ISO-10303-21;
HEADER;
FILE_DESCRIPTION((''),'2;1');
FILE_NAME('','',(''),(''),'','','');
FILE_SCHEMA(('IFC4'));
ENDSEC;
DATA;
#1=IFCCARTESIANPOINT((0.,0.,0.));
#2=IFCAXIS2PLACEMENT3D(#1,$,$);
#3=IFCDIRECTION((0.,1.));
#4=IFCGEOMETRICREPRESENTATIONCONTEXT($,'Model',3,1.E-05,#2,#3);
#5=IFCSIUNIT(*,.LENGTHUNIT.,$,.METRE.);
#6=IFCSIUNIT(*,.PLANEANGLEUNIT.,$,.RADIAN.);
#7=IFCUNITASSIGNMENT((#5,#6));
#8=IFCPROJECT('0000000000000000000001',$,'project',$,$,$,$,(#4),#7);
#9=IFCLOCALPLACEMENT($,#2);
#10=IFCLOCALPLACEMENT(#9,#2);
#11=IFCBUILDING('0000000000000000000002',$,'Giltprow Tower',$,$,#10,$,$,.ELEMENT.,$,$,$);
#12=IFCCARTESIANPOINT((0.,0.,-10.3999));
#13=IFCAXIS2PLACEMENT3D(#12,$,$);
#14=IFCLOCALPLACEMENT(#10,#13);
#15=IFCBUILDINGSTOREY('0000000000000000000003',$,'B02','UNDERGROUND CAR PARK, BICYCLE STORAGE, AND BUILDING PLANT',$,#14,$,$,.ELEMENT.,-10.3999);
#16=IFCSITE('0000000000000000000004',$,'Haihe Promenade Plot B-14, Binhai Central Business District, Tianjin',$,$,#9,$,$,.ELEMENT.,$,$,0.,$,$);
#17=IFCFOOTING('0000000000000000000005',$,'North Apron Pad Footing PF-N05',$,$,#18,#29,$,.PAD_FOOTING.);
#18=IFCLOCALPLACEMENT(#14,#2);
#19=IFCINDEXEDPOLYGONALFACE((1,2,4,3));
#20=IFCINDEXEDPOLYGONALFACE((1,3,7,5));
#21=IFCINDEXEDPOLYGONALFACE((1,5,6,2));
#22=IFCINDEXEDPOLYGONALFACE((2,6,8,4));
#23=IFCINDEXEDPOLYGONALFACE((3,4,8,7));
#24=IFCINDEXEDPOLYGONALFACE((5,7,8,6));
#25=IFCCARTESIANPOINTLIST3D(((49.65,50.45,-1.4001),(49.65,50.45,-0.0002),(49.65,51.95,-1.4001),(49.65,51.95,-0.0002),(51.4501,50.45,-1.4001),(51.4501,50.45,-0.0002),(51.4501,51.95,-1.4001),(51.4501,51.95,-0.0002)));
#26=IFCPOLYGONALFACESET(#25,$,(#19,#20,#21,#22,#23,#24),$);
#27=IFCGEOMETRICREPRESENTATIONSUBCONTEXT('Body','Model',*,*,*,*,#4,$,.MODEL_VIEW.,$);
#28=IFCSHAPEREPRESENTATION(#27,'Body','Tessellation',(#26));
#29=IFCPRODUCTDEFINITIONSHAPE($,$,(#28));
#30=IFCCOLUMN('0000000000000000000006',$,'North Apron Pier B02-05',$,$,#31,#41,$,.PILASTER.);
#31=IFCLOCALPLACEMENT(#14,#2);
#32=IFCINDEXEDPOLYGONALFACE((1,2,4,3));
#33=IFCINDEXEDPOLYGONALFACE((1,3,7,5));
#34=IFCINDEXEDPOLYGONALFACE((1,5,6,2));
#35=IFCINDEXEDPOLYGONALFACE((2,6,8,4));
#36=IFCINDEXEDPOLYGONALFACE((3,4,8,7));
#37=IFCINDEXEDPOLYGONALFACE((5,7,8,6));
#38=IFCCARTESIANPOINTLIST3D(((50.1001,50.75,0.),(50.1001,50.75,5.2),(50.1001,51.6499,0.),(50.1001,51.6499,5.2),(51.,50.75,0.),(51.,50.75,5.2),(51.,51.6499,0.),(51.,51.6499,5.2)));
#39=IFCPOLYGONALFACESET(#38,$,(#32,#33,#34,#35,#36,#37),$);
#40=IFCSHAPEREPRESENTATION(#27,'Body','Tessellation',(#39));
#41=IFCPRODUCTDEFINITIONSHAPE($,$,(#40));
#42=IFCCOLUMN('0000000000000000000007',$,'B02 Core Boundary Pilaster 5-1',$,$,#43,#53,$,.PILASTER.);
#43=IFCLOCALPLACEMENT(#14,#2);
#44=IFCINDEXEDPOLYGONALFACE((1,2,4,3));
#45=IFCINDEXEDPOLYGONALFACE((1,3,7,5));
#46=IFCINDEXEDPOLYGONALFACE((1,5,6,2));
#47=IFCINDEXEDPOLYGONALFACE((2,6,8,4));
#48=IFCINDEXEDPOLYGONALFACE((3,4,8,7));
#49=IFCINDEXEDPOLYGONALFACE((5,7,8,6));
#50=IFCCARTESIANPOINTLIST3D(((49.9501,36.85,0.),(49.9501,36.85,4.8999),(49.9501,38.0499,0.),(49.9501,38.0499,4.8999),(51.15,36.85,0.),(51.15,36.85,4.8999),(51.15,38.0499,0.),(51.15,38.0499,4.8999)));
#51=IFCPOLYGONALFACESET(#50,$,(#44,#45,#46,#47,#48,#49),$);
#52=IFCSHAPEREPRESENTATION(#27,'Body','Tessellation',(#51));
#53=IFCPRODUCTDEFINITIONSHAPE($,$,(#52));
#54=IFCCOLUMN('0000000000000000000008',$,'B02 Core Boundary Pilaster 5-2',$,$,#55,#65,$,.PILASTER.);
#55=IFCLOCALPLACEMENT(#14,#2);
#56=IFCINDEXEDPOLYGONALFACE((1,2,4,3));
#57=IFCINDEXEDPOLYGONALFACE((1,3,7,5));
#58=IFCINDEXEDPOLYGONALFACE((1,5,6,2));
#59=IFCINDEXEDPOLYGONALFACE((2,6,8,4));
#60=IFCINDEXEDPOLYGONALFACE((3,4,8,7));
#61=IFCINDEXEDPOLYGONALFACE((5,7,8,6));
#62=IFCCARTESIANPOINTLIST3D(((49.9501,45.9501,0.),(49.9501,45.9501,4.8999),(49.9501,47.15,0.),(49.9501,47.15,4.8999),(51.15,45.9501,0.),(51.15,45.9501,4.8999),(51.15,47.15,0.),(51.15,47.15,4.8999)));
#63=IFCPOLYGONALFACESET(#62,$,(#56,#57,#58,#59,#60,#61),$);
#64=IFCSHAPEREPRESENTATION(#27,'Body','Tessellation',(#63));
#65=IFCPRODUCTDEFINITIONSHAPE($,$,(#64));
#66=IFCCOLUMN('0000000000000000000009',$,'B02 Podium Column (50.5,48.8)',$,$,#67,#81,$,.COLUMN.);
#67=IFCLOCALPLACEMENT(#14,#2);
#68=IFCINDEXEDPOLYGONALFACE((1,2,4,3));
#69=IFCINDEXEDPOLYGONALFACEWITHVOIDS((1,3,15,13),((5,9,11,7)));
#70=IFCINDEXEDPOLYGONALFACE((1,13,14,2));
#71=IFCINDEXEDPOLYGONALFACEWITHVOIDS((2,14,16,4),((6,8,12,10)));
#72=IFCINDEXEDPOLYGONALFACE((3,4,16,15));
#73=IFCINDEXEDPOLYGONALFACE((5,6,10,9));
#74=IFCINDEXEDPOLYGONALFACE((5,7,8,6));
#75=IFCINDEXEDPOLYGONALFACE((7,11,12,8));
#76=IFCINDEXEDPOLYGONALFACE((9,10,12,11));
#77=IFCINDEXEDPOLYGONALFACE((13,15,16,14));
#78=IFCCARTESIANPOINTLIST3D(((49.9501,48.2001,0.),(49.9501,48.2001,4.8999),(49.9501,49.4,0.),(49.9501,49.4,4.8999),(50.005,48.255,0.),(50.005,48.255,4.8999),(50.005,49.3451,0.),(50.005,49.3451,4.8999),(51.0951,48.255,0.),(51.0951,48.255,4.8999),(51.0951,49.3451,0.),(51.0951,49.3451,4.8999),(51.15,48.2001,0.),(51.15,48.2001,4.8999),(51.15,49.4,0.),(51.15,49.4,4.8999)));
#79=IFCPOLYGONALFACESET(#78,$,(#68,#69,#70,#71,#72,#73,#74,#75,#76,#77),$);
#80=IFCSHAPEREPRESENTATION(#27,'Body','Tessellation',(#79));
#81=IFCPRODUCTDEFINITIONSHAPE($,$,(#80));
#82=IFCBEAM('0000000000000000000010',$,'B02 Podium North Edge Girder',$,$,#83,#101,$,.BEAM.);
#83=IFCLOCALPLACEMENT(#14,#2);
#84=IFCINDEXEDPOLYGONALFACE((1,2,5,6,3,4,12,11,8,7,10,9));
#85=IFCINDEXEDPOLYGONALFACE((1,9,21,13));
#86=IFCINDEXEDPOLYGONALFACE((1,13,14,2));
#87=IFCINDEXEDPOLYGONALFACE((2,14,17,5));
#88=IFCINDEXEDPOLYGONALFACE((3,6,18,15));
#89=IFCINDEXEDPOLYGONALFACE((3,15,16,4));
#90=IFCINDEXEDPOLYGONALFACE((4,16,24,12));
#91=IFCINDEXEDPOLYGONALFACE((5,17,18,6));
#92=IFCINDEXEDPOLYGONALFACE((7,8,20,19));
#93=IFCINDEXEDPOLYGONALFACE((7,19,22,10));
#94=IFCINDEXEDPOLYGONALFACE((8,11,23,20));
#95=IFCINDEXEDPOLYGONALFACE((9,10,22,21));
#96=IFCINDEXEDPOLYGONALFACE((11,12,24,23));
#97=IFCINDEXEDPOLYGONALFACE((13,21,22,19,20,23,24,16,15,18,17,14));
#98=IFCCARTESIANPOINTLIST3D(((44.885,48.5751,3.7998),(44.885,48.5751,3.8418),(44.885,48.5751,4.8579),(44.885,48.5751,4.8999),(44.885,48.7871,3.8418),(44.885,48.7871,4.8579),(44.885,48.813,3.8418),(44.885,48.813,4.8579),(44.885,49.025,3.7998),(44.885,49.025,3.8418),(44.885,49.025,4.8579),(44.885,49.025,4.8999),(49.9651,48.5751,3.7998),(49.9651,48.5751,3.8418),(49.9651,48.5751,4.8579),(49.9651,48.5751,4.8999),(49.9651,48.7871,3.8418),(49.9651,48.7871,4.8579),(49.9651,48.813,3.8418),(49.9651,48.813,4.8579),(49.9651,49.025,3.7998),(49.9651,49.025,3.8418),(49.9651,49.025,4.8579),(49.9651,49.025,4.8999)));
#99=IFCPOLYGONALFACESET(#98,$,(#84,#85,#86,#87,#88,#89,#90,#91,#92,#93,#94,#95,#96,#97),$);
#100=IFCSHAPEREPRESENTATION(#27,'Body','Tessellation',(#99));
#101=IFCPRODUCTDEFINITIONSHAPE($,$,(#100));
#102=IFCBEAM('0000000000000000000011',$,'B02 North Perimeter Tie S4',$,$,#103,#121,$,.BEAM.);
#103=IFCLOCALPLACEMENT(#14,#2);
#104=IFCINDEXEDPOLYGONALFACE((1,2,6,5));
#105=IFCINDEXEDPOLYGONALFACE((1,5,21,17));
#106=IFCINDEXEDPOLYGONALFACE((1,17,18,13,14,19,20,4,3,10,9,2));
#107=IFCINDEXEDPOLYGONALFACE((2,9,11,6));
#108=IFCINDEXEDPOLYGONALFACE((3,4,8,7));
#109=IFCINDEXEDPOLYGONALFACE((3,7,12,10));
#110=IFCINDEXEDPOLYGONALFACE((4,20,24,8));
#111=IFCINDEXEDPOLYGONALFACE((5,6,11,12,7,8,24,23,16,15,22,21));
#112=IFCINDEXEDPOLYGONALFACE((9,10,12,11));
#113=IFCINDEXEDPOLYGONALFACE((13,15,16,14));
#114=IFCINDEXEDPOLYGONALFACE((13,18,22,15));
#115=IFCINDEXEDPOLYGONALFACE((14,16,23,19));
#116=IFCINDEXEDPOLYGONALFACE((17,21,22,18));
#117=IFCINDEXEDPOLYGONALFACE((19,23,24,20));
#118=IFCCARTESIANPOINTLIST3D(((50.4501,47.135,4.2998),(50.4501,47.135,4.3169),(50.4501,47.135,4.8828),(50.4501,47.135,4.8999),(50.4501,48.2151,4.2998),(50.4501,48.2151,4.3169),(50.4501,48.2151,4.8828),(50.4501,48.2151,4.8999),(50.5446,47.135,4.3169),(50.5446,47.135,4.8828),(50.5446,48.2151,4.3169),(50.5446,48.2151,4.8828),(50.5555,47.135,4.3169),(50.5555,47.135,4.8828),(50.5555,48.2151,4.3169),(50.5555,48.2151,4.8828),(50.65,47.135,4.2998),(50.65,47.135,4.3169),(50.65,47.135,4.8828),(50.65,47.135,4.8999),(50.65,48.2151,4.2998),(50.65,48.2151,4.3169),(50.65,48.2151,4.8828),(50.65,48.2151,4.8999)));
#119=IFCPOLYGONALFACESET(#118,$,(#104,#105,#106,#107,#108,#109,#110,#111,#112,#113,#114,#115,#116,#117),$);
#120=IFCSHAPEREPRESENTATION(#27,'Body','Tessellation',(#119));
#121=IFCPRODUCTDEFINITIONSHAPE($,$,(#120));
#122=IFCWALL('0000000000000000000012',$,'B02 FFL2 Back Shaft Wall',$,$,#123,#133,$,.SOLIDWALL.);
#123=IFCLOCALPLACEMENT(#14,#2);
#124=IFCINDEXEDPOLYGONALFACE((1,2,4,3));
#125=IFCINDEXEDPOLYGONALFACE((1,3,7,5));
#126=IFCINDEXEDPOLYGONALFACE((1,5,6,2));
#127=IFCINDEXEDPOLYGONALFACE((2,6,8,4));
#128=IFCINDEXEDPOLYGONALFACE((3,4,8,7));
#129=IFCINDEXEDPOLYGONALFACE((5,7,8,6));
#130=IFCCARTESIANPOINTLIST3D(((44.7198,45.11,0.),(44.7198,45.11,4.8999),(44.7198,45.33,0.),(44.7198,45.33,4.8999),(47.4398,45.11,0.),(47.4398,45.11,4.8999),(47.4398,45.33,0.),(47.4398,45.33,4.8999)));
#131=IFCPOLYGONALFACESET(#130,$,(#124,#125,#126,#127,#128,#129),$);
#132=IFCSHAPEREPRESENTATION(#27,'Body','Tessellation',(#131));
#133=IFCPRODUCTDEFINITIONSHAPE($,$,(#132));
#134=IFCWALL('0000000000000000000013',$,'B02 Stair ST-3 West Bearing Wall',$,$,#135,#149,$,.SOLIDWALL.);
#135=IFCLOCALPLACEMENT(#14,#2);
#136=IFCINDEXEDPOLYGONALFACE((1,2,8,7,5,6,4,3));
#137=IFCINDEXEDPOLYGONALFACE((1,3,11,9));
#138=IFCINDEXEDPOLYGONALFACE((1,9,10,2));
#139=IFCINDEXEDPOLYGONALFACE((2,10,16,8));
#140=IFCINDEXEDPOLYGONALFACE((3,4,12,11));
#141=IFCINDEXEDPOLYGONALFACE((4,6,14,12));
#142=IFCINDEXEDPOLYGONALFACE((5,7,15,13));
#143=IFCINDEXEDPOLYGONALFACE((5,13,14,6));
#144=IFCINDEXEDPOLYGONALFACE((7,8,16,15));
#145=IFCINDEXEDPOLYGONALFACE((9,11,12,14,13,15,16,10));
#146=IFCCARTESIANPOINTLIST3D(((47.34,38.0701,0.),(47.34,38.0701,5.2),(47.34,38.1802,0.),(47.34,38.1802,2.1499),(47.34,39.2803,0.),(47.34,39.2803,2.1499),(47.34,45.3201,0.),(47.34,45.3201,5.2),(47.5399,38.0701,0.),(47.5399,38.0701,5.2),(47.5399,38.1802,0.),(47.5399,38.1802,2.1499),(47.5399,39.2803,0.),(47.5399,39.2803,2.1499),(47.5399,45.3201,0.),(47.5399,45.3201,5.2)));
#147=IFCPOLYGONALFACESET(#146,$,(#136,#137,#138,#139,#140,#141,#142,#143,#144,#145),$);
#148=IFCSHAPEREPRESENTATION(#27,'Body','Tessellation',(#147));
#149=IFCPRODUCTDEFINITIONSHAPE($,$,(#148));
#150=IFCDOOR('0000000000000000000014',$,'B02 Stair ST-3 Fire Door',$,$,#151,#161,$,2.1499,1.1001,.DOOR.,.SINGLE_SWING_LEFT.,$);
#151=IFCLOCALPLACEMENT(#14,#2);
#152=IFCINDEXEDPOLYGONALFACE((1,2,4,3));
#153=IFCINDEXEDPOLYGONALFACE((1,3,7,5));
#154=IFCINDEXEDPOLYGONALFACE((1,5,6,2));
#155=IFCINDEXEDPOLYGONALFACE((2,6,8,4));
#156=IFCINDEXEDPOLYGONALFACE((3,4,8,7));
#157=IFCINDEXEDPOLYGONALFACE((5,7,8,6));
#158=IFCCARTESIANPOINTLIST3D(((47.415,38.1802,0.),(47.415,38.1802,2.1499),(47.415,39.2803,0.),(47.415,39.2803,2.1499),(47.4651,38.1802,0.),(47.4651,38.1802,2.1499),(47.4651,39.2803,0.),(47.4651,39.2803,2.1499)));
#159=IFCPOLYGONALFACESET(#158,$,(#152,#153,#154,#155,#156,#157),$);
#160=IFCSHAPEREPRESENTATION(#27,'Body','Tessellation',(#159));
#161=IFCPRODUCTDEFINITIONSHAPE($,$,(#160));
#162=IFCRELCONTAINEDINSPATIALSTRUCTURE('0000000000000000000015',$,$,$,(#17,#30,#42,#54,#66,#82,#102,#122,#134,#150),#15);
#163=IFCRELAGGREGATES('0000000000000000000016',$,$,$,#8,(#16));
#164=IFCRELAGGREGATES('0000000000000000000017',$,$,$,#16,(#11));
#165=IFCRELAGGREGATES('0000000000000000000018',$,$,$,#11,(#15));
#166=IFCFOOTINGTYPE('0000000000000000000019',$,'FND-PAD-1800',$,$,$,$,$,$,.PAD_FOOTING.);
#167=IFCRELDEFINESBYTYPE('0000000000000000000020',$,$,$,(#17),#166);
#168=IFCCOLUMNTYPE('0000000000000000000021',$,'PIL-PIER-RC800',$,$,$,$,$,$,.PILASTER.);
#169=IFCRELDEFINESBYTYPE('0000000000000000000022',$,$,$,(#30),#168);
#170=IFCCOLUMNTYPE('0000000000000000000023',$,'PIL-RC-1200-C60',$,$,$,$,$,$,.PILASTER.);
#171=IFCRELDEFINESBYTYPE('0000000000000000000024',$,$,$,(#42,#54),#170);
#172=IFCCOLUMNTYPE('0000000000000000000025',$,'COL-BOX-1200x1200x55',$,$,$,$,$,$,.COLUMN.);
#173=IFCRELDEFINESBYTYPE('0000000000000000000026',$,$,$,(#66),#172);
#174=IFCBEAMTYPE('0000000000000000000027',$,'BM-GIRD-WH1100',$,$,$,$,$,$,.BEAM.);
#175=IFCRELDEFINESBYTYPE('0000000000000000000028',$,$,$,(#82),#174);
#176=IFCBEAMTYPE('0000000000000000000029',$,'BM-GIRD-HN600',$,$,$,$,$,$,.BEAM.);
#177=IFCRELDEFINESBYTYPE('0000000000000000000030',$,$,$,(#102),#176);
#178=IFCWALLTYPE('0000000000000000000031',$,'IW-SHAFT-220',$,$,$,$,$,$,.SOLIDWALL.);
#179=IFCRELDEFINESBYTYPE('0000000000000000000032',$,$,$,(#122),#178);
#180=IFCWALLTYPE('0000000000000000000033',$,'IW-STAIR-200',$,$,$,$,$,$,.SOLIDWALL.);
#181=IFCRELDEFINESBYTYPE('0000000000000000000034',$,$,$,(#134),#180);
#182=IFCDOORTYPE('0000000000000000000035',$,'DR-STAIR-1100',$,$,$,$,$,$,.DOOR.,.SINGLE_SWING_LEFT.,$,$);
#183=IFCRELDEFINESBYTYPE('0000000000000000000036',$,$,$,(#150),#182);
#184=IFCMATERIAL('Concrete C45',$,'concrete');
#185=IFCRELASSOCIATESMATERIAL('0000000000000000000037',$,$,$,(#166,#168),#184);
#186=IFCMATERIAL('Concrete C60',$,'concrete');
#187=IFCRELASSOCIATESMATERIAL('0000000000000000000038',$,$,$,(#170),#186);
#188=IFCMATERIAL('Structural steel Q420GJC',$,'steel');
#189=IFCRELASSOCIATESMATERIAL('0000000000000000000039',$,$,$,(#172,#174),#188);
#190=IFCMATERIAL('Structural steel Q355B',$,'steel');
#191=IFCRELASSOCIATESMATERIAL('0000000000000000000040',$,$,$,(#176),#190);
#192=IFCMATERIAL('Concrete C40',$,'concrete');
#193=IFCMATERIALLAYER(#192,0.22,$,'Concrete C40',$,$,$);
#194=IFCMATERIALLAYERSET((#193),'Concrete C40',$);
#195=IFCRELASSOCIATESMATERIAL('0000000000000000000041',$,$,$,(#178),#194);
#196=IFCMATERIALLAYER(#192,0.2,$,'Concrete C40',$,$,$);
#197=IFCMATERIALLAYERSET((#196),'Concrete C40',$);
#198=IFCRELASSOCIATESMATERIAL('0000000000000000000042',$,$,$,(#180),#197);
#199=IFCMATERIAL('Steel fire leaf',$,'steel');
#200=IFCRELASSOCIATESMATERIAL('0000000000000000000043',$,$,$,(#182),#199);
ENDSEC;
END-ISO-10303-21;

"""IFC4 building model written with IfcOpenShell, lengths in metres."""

from ifc_helpers import new_model, si_unit, direction, frame, frame_2d, origin, origin_2d, place, context, subcontext, project, spatial, rectangle, hollow_rectangle, i_section, extrude, source, transform, mapped, material, layer, layer_set, material_profile, profile_set, type_object, element, fill, save


model = new_model("IFC4")

# Units and contexts
model_context = context("Model", 3, precision=1e-05, world=origin(), true_north=direction((0.0, 1.0)))
body_context = subcontext(model_context, "Body", "Model", "MODEL_VIEW")
ifc_project = project(units=[si_unit("LENGTHUNIT", "METRE"), si_unit("PLANEANGLEUNIT", "RADIAN")], contexts=[model_context])

# Site, building, storey
site_placement = place(None, origin())
site = spatial("IfcSite", under=ifc_project, at=site_placement, Name="Haihe Promenade Plot B-14, Binhai Central Business District, Tianjin", CompositionType="ELEMENT", RefElevation=0.0)
building_placement = place(site_placement, origin())
building = spatial("IfcBuilding", under=site, at=building_placement, Name="Giltprow Tower", CompositionType="ELEMENT")
storey_placement = place(building_placement, frame((0.0, 0.0, -10.3999)))
storey = spatial("IfcBuildingStorey", under=building, at=storey_placement, Name="B02", Description="UNDERGROUND CAR PARK, BICYCLE STORAGE, AND BUILDING PLANT", CompositionType="ELEMENT", Elevation=-10.3999)

# Shared definitions
ifc_material_1 = material(Name="Concrete C45", Category="concrete")

# Footing
footing_type = type_object("IfcFootingType", Name="FND-PAD-1800", PredefinedType="PAD_FOOTING", material=ifc_material_1)
shared_shape_1 = source(origin(), body_context, "Body", "SweptSolid", [
    extrude(rectangle(XDim=1.8, YDim=1.5, at=origin_2d()), origin(), (0.0, 0.0, 1.0), 1.3999),
])
footing_placement = place(storey_placement, frame((50.55, 51.2, -1.4001), z_axis=(0.0, 0.0, 1.0), x_axis=(1.0, 0.0, 0.0)))
element("IfcFooting", 1, at=footing_placement, inside=storey, type_object=footing_type, Name="North Apron Pad Footing PF-N05", PredefinedType="PAD_FOOTING", context=body_context, shape_type="MappedRepresentation", body=[
    mapped(shared_shape_1, transform((0.0, 0.0, 0.0), x_axis=(1.0, 0.0, 0.0), y_axis=(0.0, 1.0, 0.0), z_axis=(0.0, 0.0, 1.0), scale=1.0)),
])

# Columns
ifc_material_profile_1 = material_profile(ifc_material_1, rectangle(XDim=0.8999, YDim=0.8999, at=origin_2d()), Name="RC 900x900")
ifc_profile_set_1 = profile_set([ifc_material_profile_1], Name="Concrete C45")
column_type_1 = type_object("IfcColumnType", Name="PIL-PIER-RC800", PredefinedType="PILASTER", material=ifc_profile_set_1)
shared_shape_2 = source(origin(), body_context, "Body", "SweptSolid", [
    extrude(rectangle(XDim=0.8999, YDim=0.8999, at=origin_2d()), origin(), (0.0, 0.0, 1.0), 5.2),
])
column_1_placement = place(storey_placement, frame((50.55, 51.2, 0.0), z_axis=(0.0, 0.0, 1.0), x_axis=(1.0, 0.0, 0.0)))
element("IfcColumn", 2, at=column_1_placement, inside=storey, type_object=column_type_1, Name="North Apron Pier B02-05", PredefinedType="PILASTER", context=body_context, shape_type="MappedRepresentation", body=[
    mapped(shared_shape_2, transform((0.0, 0.0, 0.0), x_axis=(1.0, 0.0, 0.0), y_axis=(0.0, 1.0, 0.0), z_axis=(0.0, 0.0, 1.0), scale=1.0)),
])
ifc_material_2 = material(Name="Concrete C60", Category="concrete")
ifc_material_profile_2 = material_profile(ifc_material_2, rectangle(XDim=1.2, YDim=1.2, at=origin_2d()), Name="RC 1200x1200")
ifc_profile_set_2 = profile_set([ifc_material_profile_2], Name="Concrete C60")
column_type_2 = type_object("IfcColumnType", Name="PIL-RC-1200-C60", PredefinedType="PILASTER", material=ifc_profile_set_2)
shared_shape_3 = source(origin(), body_context, "Body", "SweptSolid", [
    extrude(rectangle(XDim=1.2, YDim=1.2, at=origin_2d()), origin(), (0.0, 0.0, 1.0), 4.8999),
])
for number, where, z_axis, x_axis, name in (
    (3, (50.55, 37.45, 0.0), (0.0, 0.0, 1.0), (1.0, 0.0, 0.0), "B02 Core Boundary Pilaster 5-1"),
    (4, (50.55, 46.55, 0.0), (0.0, 0.0, 1.0), (1.0, 0.0, 0.0), "B02 Core Boundary Pilaster 5-2"),
):
    element("IfcColumn", number, at=place(storey_placement, frame(where, z_axis=z_axis, x_axis=x_axis)), inside=storey, type_object=column_type_2, Name=name, PredefinedType="PILASTER", context=body_context, shape_type="MappedRepresentation", body=[
        mapped(shared_shape_3, transform((0.0, 0.0, 0.0), x_axis=(1.0, 0.0, 0.0), y_axis=(0.0, 1.0, 0.0), z_axis=(0.0, 0.0, 1.0), scale=1.0)),
    ])
ifc_material_3 = material(Name="Structural steel Q420GJC", Category="steel")
ifc_material_profile_3 = material_profile(ifc_material_3, hollow_rectangle(XDim=1.2, YDim=1.2, WallThickness=0.0549, at=origin_2d()), Name="BOX 1200x1200x55")
ifc_profile_set_3 = profile_set([ifc_material_profile_3], Name="Structural steel Q420GJC")
column_type_3 = type_object("IfcColumnType", Name="COL-BOX-1200x1200x55", PredefinedType="COLUMN", material=ifc_profile_set_3)
shared_shape_4 = source(origin(), body_context, "Body", "SweptSolid", [
    extrude(hollow_rectangle(XDim=1.2, YDim=1.2, WallThickness=0.0549, at=origin_2d()), origin(), (0.0, 0.0, 1.0), 4.8999),
])
column_2_placement = place(storey_placement, frame((50.55, 48.8, 0.0), z_axis=(0.0, 0.0, 1.0), x_axis=(1.0, 0.0, 0.0)))
element("IfcColumn", 5, at=column_2_placement, inside=storey, type_object=column_type_3, Name="B02 Podium Column (50.5,48.8)", PredefinedType="COLUMN", context=body_context, shape_type="MappedRepresentation", body=[
    mapped(shared_shape_4, transform((0.0, 0.0, 0.0), x_axis=(1.0, 0.0, 0.0), y_axis=(0.0, 1.0, 0.0), z_axis=(0.0, 0.0, 1.0), scale=1.0)),
])

# Beams
ifc_material_profile_4 = material_profile(ifc_material_3, i_section(OverallWidth=0.45, OverallDepth=1.1001, WebThickness=0.0259, FlangeThickness=0.042, at=origin_2d()), Name="WH 1100x450x26x42")
ifc_profile_set_4 = profile_set([ifc_material_profile_4], Name="Structural steel Q420GJC")
beam_type_1 = type_object("IfcBeamType", Name="BM-GIRD-WH1100", PredefinedType="BEAM", material=ifc_profile_set_4)
shared_shape_5 = source(origin(), body_context, "Body", "SweptSolid", [
    extrude(i_section(OverallWidth=0.45, OverallDepth=1.1001, WebThickness=0.0259, FlangeThickness=0.042, at=origin_2d()), origin(), (0.0, 0.0, 1.0), 5.0801),
])
beam_1_placement = place(storey_placement, frame((44.885, 48.8, 4.3499), z_axis=(1.0, 0.0, 0.0), x_axis=(0.0, 1.0, 0.0)))
element("IfcBeam", 6, at=beam_1_placement, inside=storey, type_object=beam_type_1, Name="B02 Podium North Edge Girder", PredefinedType="BEAM", context=body_context, shape_type="MappedRepresentation", body=[
    mapped(shared_shape_5, transform((0.0, 0.0, 0.0), x_axis=(1.0, 0.0, 0.0), y_axis=(0.0, 1.0, 0.0), z_axis=(0.0, 0.0, 1.0), scale=1.0)),
])
ifc_material_4 = material(Name="Structural steel Q355B", Category="steel")
ifc_material_profile_5 = material_profile(ifc_material_4, i_section(OverallWidth=0.2, OverallDepth=0.6001, WebThickness=0.011, FlangeThickness=0.0171, at=origin_2d()), Name="HN 600x200x11x17")
ifc_profile_set_5 = profile_set([ifc_material_profile_5], Name="Structural steel Q355B")
beam_type_2 = type_object("IfcBeamType", Name="BM-GIRD-HN600", PredefinedType="BEAM", material=ifc_profile_set_5)
shared_shape_6 = source(origin(), body_context, "Body", "SweptSolid", [
    extrude(i_section(OverallWidth=0.2, OverallDepth=0.6001, WebThickness=0.011, FlangeThickness=0.0171, at=origin_2d()), origin(), (0.0, 0.0, 1.0), 1.0801),
])
beam_2_placement = place(storey_placement, frame((50.55, 47.135, 4.5999), z_axis=(0.0, 1.0, 0.0), x_axis=(-1.0, 0.0, 0.0)))
element("IfcBeam", 7, at=beam_2_placement, inside=storey, type_object=beam_type_2, Name="B02 North Perimeter Tie S4", PredefinedType="BEAM", context=body_context, shape_type="MappedRepresentation", body=[
    mapped(shared_shape_6, transform((0.0, 0.0, 0.0), x_axis=(1.0, 0.0, 0.0), y_axis=(0.0, 1.0, 0.0), z_axis=(0.0, 0.0, 1.0), scale=1.0)),
])

# Wall
ifc_material_5 = material(Name="Concrete C40", Category="concrete")
ifc_layer_1 = layer(ifc_material_5, 0.22, Name="Concrete C40")
ifc_layer_set_1 = layer_set([ifc_layer_1], Name="Concrete C40")
wall_type_1 = type_object("IfcWallType", Name="IW-SHAFT-220", PredefinedType="SOLIDWALL", material=ifc_layer_set_1)
wall_1_placement = place(storey_placement, frame((44.72, 45.22, 0.0), z_axis=(0.0, 0.0, 1.0), x_axis=(1.0, 0.0, 0.0)))
element("IfcWall", 8, at=wall_1_placement, inside=storey, type_object=wall_type_1, Name="B02 FFL2 Back Shaft Wall", PredefinedType="SOLIDWALL", context=body_context, shape_type="SweptSolid", body=[
    extrude(rectangle(XDim=2.72, YDim=0.22, at=frame_2d((1.3599, 0.0))), origin(), (0.0, 0.0, 1.0), 4.8999),
])

# Wall, opening, door
ifc_layer_2 = layer(ifc_material_5, 0.2, Name="Concrete C40")
ifc_layer_set_2 = layer_set([ifc_layer_2], Name="Concrete C40")
wall_type_2 = type_object("IfcWallType", Name="IW-STAIR-200", PredefinedType="SOLIDWALL", material=ifc_layer_set_2)
wall_2_placement = place(storey_placement, frame((47.4399, 38.0701, 0.0), z_axis=(0.0, 0.0, 1.0), x_axis=(0.0, 1.0, 0.0)))
wall_2 = element("IfcWall", 9, at=wall_2_placement, inside=storey, type_object=wall_type_2, Name="B02 Stair ST-3 West Bearing Wall", PredefinedType="SOLIDWALL", context=body_context, shape_type="SweptSolid", body=[
    extrude(rectangle(XDim=7.25, YDim=0.2, at=frame_2d((3.625, 0.0))), origin(), (0.0, 0.0, 1.0), 5.2),
])
opening_1_placement = place(wall_2_placement, frame((0.1101, 0.0, 0.0)))
opening_1 = element("IfcOpeningElement", 10, at=opening_1_placement, cuts=wall_2, PredefinedType="OPENING", context=body_context, shape_type="SweptSolid", body=[
    extrude(rectangle(XDim=1.1001, YDim=2.1499, at=frame_2d((0.55, 1.075))), frame((0.0, 0.1099, 0.0), z_axis=(0.0, -1.0, 0.0), x_axis=(1.0, 0.0, 0.0)), (0.0, 0.0, 1.0), 0.22),
])
ifc_material_6 = material(Name="Steel fire leaf", Category="steel")
door_type_1 = type_object("IfcDoorType", Name="DR-STAIR-1100", OperationType="SINGLE_SWING_LEFT", PredefinedType="DOOR", material=ifc_material_6)
shared_shape_7 = source(origin(), body_context, "Body", "SweptSolid", [
    extrude(rectangle(XDim=1.1001, YDim=2.1499, at=frame_2d((0.55, 1.075))), frame((0.0, 0.0249, 0.0), z_axis=(0.0, -1.0, 0.0), x_axis=(1.0, 0.0, 0.0)), (0.0, 0.0, 1.0), 0.05),
])
door_1_placement = place(opening_1_placement, origin())
door_1 = element("IfcDoor", 11, at=door_1_placement, inside=storey, type_object=door_type_1, Name="B02 Stair ST-3 Fire Door", OperationType="SINGLE_SWING_LEFT", OverallHeight=2.1499, OverallWidth=1.1001, PredefinedType="DOOR", context=body_context, shape_type="MappedRepresentation", body=[
    mapped(shared_shape_7, transform((0.0, 0.0, 0.0), x_axis=(1.0, 0.0, 0.0), y_axis=(0.0, 1.0, 0.0), z_axis=(0.0, 0.0, 1.0), scale=1.0)),
])
fill(opening_1, door_1)

save(model, "model.ifc")
